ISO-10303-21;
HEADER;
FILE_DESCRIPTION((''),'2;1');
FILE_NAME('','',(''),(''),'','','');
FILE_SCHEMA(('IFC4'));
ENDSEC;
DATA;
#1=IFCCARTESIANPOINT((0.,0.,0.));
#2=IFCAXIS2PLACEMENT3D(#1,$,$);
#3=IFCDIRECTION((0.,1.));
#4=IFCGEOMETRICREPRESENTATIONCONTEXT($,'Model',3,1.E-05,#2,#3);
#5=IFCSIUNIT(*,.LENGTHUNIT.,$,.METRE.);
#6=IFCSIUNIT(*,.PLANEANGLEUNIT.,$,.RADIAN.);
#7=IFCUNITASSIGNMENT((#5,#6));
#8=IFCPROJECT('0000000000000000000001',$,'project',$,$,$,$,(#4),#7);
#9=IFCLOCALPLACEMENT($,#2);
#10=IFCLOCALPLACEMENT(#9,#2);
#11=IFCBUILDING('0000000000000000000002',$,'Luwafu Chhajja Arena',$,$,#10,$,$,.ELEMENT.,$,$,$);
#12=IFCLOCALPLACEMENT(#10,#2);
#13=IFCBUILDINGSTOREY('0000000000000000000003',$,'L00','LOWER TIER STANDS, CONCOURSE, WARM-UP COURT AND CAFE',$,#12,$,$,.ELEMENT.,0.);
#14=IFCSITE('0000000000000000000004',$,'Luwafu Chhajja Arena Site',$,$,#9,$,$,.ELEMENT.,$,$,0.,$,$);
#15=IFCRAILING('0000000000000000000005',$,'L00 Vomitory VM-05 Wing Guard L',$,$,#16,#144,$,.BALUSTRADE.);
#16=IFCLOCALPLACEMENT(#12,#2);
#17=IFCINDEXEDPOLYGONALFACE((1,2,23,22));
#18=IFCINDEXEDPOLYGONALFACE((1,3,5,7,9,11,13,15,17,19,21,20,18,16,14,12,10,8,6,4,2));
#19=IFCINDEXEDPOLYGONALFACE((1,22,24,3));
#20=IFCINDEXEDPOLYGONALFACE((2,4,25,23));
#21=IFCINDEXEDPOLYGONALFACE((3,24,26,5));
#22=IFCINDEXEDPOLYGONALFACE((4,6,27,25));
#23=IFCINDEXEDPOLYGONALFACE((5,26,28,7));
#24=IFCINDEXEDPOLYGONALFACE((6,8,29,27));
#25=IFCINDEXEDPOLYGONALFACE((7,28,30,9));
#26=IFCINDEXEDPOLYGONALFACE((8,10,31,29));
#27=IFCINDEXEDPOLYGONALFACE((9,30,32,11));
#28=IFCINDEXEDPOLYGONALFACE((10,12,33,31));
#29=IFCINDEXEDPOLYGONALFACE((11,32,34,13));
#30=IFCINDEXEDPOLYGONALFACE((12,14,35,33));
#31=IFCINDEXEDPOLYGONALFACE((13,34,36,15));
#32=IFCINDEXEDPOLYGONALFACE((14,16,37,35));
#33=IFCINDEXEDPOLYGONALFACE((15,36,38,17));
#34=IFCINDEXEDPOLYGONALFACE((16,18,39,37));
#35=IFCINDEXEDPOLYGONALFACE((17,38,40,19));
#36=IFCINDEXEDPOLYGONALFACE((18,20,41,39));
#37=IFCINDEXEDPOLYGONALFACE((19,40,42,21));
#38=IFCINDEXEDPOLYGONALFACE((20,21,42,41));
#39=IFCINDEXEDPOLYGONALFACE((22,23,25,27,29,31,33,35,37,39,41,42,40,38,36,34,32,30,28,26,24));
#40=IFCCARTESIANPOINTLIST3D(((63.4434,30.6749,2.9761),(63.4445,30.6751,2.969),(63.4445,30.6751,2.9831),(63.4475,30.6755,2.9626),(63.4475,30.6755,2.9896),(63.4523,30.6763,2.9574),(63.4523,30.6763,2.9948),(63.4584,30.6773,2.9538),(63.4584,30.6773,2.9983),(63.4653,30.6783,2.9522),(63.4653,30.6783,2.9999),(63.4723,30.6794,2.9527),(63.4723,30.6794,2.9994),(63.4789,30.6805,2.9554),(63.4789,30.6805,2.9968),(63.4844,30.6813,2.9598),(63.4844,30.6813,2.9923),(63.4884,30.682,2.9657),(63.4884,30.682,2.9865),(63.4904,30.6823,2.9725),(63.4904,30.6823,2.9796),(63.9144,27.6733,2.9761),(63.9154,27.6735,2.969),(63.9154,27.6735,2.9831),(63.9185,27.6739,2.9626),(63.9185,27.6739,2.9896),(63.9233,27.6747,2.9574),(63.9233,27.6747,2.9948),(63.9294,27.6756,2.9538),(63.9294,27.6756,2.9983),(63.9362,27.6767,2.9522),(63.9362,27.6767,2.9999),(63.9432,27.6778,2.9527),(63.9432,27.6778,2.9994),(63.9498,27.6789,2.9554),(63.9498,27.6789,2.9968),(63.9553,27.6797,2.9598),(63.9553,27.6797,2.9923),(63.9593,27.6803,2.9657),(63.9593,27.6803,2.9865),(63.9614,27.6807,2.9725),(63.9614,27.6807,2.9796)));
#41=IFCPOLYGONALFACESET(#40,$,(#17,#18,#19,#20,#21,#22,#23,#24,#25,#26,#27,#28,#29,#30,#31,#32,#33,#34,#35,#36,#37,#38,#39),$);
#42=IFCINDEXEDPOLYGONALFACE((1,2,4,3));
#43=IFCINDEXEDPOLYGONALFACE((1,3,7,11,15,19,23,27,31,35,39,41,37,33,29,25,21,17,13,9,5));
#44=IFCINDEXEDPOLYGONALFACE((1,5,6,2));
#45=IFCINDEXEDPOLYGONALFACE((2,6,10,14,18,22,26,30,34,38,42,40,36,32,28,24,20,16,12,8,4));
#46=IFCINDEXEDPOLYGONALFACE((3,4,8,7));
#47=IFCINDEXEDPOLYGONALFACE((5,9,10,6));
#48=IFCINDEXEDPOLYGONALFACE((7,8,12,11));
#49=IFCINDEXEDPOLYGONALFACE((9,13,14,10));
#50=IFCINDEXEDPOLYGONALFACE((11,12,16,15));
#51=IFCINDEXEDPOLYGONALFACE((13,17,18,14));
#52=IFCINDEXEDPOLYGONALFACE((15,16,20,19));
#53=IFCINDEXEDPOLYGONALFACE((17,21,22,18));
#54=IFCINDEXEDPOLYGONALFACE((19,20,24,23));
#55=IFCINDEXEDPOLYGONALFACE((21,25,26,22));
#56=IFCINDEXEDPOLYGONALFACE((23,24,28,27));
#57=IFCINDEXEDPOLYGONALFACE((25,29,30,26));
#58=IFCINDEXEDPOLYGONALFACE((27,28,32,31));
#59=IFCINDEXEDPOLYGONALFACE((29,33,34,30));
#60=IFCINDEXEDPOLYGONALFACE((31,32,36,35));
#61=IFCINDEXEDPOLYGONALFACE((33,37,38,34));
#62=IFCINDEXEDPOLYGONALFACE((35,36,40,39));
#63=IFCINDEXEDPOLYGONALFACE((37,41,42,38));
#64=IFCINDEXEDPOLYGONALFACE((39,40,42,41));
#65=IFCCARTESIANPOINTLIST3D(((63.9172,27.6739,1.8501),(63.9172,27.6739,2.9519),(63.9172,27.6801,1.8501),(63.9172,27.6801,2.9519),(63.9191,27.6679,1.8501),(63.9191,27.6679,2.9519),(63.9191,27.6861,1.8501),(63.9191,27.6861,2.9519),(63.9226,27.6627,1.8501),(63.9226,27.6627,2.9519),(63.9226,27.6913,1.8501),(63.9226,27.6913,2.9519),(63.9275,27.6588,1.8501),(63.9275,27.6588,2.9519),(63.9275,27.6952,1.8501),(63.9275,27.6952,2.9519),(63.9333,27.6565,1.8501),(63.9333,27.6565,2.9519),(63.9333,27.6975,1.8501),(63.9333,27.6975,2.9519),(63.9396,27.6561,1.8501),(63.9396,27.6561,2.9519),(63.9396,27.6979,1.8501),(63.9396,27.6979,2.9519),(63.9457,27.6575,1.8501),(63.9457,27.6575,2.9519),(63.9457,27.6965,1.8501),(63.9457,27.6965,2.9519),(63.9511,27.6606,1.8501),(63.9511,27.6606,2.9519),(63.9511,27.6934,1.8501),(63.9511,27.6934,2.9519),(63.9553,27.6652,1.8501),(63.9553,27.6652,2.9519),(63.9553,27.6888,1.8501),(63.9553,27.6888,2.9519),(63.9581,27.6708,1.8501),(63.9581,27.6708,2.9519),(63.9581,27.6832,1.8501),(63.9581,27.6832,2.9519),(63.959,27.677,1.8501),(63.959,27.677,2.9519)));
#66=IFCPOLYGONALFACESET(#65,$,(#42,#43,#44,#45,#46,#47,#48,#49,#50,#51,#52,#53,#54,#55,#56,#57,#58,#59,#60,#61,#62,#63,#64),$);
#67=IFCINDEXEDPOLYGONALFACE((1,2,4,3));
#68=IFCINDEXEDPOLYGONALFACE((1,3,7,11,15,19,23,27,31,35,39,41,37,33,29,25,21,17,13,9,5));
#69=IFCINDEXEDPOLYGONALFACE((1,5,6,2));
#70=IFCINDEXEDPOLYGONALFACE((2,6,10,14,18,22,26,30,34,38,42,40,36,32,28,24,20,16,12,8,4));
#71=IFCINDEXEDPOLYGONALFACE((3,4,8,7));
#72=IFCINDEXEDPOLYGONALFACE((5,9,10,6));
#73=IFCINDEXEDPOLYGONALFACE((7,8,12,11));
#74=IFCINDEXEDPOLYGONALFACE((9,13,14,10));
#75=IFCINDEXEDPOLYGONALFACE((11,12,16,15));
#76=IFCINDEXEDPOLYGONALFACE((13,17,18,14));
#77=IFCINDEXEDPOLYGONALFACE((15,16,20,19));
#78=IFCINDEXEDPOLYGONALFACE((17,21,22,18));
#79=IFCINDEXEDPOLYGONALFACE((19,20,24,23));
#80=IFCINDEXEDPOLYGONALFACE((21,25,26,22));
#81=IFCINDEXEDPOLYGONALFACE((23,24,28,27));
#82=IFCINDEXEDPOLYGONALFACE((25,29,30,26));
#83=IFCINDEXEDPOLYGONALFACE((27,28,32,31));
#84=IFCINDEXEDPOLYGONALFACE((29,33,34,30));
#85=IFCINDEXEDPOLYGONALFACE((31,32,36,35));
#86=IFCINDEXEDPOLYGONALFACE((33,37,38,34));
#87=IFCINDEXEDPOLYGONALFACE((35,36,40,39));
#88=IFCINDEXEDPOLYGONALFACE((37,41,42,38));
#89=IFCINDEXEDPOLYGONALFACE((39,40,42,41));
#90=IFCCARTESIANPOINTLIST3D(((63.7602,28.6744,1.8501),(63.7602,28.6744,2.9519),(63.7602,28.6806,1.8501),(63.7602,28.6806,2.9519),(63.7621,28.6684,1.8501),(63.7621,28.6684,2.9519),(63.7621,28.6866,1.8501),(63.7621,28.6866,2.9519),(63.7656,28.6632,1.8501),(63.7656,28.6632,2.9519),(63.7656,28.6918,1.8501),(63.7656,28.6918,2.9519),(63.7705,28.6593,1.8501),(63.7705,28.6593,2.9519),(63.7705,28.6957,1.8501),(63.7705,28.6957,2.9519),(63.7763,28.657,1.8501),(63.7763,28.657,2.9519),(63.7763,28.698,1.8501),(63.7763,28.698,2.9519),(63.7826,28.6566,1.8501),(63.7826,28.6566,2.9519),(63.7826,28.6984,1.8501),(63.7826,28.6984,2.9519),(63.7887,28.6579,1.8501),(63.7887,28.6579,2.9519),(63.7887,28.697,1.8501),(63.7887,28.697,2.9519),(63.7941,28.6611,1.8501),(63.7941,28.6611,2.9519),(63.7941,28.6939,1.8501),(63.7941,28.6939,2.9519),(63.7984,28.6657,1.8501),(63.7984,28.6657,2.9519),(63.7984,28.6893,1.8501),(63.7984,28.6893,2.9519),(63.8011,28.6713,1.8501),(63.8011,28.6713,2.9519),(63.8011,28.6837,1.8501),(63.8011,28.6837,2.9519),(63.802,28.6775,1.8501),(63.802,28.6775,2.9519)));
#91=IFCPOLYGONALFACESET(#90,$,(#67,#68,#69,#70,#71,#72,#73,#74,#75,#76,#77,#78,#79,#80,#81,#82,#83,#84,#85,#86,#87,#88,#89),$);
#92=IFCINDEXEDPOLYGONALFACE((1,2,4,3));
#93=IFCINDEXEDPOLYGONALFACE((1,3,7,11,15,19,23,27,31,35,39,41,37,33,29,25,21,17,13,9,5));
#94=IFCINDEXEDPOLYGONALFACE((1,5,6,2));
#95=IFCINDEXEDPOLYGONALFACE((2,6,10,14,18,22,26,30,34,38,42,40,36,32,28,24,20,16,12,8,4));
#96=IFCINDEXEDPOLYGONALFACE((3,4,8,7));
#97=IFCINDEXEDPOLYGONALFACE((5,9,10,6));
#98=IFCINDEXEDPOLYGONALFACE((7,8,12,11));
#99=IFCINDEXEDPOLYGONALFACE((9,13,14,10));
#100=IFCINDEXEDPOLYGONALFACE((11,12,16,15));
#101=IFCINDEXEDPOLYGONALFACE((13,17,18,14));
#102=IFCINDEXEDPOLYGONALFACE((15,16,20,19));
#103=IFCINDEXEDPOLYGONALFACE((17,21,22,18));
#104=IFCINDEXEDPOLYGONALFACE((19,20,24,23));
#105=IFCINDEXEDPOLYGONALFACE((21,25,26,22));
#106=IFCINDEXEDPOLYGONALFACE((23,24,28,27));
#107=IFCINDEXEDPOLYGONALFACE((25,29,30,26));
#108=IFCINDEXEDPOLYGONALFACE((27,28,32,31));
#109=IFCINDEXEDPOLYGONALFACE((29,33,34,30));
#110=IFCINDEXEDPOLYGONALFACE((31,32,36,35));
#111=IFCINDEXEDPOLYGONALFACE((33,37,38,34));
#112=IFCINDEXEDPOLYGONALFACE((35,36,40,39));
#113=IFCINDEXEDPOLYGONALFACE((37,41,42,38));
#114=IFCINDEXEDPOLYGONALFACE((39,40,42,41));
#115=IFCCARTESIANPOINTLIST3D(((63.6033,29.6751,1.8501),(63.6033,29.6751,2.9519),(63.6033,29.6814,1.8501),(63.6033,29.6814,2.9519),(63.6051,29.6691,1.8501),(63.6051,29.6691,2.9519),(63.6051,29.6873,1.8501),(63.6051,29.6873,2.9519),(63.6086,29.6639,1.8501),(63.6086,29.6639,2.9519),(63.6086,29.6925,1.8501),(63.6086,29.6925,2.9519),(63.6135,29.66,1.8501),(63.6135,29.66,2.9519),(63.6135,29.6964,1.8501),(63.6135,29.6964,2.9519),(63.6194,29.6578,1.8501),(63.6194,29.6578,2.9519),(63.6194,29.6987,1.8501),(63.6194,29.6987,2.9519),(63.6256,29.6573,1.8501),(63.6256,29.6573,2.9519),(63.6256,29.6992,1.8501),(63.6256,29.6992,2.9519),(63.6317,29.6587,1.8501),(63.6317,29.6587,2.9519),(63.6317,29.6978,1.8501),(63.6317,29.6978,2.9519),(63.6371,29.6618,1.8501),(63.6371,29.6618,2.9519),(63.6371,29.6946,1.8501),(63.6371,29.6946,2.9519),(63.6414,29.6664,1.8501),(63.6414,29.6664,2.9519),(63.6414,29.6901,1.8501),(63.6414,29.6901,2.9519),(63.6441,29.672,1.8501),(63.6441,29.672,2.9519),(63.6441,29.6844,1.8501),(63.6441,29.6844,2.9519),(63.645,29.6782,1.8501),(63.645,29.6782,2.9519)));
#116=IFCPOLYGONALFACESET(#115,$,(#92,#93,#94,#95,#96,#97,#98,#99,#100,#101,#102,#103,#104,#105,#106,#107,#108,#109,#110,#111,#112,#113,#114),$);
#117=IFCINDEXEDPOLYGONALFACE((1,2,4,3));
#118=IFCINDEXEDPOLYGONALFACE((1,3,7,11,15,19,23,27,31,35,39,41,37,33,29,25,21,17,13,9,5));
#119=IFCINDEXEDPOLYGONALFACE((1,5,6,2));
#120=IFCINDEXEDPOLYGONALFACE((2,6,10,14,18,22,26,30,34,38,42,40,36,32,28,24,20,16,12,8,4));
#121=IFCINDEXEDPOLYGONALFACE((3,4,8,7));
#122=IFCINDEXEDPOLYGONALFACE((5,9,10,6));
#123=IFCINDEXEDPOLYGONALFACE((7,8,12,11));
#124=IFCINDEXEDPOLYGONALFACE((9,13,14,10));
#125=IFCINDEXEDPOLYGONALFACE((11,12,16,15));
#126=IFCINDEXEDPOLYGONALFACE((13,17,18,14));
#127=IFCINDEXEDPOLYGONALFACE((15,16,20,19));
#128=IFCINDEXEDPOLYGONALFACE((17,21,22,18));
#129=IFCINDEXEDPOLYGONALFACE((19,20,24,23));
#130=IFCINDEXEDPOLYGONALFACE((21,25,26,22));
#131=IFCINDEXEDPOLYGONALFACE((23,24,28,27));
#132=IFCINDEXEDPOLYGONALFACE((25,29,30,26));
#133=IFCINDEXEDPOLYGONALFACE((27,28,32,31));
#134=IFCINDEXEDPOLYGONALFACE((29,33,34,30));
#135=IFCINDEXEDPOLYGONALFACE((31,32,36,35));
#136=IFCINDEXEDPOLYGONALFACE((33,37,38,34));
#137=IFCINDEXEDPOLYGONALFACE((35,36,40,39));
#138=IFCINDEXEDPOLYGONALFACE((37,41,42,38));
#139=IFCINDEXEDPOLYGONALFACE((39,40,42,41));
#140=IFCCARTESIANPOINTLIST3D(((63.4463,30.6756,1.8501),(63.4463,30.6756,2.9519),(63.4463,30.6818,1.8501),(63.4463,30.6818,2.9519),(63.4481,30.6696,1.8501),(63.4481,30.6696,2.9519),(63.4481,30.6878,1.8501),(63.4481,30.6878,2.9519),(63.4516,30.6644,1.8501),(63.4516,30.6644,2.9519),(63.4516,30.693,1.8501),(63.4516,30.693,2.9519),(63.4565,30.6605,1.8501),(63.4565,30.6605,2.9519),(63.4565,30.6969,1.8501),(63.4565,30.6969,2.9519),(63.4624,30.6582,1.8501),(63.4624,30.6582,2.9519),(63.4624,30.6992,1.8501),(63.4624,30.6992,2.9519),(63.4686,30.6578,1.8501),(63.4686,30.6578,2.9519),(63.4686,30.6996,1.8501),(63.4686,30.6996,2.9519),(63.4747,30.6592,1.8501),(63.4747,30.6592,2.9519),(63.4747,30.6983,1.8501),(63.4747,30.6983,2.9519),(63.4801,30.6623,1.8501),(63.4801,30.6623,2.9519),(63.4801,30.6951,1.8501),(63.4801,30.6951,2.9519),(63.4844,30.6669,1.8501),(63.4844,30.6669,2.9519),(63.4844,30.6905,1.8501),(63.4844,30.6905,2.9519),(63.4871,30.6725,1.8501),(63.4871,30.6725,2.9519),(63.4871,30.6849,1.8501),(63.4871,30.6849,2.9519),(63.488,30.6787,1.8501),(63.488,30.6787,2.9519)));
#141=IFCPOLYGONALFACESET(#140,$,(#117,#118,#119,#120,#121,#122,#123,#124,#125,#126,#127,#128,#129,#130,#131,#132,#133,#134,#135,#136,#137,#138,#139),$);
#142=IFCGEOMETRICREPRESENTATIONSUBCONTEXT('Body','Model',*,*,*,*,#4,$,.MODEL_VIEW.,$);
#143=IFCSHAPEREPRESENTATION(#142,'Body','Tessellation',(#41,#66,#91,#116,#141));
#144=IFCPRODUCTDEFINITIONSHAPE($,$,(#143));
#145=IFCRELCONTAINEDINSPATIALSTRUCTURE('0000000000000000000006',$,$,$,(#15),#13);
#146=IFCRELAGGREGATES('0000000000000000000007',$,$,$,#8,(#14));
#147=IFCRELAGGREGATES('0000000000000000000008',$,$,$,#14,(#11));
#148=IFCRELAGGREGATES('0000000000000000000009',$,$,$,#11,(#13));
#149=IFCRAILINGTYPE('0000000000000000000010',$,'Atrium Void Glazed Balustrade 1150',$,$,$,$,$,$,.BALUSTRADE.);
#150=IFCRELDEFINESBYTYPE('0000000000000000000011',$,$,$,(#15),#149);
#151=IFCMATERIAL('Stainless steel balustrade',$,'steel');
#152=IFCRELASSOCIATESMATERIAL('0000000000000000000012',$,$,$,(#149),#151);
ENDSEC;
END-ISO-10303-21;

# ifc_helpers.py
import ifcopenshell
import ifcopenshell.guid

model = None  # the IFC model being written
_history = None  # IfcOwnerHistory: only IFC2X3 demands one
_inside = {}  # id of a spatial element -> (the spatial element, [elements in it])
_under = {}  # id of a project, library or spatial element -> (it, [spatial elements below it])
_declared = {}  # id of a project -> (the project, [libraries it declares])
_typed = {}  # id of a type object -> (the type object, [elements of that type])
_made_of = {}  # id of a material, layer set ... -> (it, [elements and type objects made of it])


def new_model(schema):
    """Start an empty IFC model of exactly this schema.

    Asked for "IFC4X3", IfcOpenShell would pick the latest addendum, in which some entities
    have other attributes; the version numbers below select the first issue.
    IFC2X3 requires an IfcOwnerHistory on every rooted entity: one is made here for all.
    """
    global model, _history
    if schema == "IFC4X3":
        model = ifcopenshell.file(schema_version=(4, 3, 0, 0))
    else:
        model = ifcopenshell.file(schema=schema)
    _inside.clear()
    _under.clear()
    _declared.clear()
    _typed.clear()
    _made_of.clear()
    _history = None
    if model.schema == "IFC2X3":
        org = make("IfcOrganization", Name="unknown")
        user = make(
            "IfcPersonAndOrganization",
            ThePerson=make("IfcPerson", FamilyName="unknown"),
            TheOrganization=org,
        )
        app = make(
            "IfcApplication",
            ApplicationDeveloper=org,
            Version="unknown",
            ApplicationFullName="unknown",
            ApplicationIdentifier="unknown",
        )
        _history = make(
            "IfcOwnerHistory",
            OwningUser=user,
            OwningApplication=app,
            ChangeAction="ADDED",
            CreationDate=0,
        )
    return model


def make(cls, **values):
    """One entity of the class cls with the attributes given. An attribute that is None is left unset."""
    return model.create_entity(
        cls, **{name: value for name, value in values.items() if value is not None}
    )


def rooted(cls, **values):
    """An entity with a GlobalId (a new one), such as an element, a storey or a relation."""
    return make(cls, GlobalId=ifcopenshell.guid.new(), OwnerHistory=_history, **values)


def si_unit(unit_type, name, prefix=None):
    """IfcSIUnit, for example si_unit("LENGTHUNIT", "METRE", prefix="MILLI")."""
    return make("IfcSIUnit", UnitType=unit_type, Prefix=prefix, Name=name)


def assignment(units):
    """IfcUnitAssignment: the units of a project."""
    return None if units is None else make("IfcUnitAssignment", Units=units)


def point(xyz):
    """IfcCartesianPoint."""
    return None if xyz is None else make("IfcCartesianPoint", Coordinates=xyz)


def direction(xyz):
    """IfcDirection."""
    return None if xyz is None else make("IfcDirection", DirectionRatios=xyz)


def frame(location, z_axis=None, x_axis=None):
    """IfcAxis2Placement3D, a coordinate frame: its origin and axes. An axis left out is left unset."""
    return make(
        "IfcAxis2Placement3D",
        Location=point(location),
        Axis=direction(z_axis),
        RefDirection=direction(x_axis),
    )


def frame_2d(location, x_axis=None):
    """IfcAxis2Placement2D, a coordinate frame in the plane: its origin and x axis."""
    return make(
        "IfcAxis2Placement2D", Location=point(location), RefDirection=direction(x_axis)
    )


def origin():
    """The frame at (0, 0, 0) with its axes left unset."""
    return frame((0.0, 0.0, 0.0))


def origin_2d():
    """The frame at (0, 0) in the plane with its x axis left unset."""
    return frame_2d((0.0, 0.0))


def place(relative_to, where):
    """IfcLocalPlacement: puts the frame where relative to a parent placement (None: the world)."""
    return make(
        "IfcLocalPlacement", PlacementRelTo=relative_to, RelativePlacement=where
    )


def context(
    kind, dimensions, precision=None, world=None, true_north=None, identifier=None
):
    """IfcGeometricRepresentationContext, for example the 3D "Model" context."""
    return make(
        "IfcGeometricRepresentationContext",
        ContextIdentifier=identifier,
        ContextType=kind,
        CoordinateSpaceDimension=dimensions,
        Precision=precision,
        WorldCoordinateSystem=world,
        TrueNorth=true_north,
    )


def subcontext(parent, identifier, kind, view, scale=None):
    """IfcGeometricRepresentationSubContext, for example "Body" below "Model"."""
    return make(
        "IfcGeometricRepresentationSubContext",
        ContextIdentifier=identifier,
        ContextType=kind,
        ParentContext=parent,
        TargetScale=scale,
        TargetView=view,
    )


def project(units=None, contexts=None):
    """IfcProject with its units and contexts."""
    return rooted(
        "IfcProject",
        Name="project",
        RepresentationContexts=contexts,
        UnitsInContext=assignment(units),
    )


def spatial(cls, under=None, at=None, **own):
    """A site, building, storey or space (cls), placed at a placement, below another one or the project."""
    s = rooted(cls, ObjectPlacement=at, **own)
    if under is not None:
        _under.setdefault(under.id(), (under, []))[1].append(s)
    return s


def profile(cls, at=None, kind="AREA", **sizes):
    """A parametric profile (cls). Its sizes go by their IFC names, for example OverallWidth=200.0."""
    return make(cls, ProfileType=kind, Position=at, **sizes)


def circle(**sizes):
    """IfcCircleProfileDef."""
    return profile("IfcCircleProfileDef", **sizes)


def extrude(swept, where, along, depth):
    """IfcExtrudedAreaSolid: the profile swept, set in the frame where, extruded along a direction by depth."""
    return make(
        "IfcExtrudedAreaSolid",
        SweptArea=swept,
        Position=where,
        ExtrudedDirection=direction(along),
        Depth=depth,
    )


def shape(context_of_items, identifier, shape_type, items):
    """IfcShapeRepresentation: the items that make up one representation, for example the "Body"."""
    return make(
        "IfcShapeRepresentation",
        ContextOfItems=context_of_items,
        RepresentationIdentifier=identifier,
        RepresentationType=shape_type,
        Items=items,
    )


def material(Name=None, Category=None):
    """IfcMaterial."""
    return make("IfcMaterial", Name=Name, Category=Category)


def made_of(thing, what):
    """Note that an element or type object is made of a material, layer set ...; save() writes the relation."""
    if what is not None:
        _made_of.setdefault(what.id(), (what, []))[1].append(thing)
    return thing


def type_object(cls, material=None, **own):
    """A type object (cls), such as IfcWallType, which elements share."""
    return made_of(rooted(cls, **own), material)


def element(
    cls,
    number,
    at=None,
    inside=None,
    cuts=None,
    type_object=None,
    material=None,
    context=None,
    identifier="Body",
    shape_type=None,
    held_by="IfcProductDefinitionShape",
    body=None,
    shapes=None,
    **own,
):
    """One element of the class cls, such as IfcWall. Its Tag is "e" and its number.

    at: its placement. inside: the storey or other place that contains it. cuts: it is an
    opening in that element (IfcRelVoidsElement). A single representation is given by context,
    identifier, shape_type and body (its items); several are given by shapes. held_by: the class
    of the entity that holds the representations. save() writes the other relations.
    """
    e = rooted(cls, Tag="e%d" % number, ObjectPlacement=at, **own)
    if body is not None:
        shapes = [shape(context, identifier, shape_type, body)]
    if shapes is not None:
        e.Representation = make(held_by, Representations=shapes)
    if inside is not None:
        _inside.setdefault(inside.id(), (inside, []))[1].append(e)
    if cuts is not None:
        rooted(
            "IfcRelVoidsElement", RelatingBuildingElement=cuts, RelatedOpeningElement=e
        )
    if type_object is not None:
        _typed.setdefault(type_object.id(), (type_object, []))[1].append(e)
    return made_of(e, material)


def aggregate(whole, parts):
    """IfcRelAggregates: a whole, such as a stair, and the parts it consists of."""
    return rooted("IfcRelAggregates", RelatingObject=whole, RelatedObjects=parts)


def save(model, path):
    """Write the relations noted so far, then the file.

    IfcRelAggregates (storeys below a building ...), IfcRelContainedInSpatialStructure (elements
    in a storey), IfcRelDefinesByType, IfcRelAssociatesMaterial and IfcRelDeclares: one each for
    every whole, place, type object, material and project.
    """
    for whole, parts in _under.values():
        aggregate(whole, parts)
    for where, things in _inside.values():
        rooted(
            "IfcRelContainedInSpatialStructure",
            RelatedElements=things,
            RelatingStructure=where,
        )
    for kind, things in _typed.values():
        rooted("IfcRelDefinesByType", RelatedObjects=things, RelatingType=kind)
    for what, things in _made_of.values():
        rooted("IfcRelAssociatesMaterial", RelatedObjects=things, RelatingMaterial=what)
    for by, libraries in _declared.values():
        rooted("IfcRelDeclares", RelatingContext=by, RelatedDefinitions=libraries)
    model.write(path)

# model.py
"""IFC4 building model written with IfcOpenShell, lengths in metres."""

from ifc_helpers import new_model, si_unit, direction, frame, origin, origin_2d, place, context, subcontext, project, spatial, circle, extrude, material, type_object, element, save


model = new_model("IFC4")

# Units and contexts
model_context = context("Model", 3, precision=1e-05, world=origin(), true_north=direction((0.0, 1.0)))
body_context = subcontext(model_context, "Body", "Model", "MODEL_VIEW")
ifc_project = project(units=[si_unit("LENGTHUNIT", "METRE"), si_unit("PLANEANGLEUNIT", "RADIAN")], contexts=[model_context])

# Site, building, storey
site_placement = place(None, origin())
site = spatial("IfcSite", under=ifc_project, at=site_placement, Name="Luwafu Chhajja Arena Site", CompositionType="ELEMENT", RefElevation=0.0)
building_placement = place(site_placement, origin())
building = spatial("IfcBuilding", under=site, at=building_placement, Name="Luwafu Chhajja Arena", CompositionType="ELEMENT")
storey_placement = place(building_placement, origin())
storey = spatial("IfcBuildingStorey", under=building, at=storey_placement, Name="L00", Description="LOWER TIER STANDS, CONCOURSE, WARM-UP COURT AND CAFE", CompositionType="ELEMENT", Elevation=0.0)

# Railing
ifc_material_1 = material(Name="Stainless steel balustrade", Category="steel")
railing_type_1 = type_object("IfcRailingType", Name="Atrium Void Glazed Balustrade 1150", PredefinedType="BALUSTRADE", material=ifc_material_1)
for number, where, name in (
    (1, (63.938, 27.677, 1.8501), "L00 Vomitory VM-05 Wing Guard L"),
):
    element("IfcRailing", number, at=place(storey_placement, frame(where)), inside=storey, type_object=railing_type_1, Name=name, PredefinedType="BALUSTRADE", context=body_context, shape_type="SweptSolid", body=[
        extrude(circle(Radius=0.0239, at=origin_2d()), frame((0.0, 0.0, 1.126), z_axis=(-0.154997, 0.987915, 0.0), x_axis=(-0.987915, -0.154997, 0.0)), (0.0, 0.0, 1.0), 3.0383),
        extrude(circle(Radius=0.021, at=origin_2d()), origin(), (0.0, 0.0, 1.0), 1.1018),
        extrude(circle(Radius=0.021, at=origin_2d()), frame((-0.157, 1.0005, 0.0)), (0.0, 0.0, 1.0), 1.1018),
        extrude(circle(Radius=0.021, at=origin_2d()), frame((-0.314, 2.0012, 0.0)), (0.0, 0.0, 1.0), 1.1018),
        extrude(circle(Radius=0.021, at=origin_2d()), frame((-0.4709, 3.0017, 0.0)), (0.0, 0.0, 1.0), 1.1018),
    ])

save(model, "model.ifc")
